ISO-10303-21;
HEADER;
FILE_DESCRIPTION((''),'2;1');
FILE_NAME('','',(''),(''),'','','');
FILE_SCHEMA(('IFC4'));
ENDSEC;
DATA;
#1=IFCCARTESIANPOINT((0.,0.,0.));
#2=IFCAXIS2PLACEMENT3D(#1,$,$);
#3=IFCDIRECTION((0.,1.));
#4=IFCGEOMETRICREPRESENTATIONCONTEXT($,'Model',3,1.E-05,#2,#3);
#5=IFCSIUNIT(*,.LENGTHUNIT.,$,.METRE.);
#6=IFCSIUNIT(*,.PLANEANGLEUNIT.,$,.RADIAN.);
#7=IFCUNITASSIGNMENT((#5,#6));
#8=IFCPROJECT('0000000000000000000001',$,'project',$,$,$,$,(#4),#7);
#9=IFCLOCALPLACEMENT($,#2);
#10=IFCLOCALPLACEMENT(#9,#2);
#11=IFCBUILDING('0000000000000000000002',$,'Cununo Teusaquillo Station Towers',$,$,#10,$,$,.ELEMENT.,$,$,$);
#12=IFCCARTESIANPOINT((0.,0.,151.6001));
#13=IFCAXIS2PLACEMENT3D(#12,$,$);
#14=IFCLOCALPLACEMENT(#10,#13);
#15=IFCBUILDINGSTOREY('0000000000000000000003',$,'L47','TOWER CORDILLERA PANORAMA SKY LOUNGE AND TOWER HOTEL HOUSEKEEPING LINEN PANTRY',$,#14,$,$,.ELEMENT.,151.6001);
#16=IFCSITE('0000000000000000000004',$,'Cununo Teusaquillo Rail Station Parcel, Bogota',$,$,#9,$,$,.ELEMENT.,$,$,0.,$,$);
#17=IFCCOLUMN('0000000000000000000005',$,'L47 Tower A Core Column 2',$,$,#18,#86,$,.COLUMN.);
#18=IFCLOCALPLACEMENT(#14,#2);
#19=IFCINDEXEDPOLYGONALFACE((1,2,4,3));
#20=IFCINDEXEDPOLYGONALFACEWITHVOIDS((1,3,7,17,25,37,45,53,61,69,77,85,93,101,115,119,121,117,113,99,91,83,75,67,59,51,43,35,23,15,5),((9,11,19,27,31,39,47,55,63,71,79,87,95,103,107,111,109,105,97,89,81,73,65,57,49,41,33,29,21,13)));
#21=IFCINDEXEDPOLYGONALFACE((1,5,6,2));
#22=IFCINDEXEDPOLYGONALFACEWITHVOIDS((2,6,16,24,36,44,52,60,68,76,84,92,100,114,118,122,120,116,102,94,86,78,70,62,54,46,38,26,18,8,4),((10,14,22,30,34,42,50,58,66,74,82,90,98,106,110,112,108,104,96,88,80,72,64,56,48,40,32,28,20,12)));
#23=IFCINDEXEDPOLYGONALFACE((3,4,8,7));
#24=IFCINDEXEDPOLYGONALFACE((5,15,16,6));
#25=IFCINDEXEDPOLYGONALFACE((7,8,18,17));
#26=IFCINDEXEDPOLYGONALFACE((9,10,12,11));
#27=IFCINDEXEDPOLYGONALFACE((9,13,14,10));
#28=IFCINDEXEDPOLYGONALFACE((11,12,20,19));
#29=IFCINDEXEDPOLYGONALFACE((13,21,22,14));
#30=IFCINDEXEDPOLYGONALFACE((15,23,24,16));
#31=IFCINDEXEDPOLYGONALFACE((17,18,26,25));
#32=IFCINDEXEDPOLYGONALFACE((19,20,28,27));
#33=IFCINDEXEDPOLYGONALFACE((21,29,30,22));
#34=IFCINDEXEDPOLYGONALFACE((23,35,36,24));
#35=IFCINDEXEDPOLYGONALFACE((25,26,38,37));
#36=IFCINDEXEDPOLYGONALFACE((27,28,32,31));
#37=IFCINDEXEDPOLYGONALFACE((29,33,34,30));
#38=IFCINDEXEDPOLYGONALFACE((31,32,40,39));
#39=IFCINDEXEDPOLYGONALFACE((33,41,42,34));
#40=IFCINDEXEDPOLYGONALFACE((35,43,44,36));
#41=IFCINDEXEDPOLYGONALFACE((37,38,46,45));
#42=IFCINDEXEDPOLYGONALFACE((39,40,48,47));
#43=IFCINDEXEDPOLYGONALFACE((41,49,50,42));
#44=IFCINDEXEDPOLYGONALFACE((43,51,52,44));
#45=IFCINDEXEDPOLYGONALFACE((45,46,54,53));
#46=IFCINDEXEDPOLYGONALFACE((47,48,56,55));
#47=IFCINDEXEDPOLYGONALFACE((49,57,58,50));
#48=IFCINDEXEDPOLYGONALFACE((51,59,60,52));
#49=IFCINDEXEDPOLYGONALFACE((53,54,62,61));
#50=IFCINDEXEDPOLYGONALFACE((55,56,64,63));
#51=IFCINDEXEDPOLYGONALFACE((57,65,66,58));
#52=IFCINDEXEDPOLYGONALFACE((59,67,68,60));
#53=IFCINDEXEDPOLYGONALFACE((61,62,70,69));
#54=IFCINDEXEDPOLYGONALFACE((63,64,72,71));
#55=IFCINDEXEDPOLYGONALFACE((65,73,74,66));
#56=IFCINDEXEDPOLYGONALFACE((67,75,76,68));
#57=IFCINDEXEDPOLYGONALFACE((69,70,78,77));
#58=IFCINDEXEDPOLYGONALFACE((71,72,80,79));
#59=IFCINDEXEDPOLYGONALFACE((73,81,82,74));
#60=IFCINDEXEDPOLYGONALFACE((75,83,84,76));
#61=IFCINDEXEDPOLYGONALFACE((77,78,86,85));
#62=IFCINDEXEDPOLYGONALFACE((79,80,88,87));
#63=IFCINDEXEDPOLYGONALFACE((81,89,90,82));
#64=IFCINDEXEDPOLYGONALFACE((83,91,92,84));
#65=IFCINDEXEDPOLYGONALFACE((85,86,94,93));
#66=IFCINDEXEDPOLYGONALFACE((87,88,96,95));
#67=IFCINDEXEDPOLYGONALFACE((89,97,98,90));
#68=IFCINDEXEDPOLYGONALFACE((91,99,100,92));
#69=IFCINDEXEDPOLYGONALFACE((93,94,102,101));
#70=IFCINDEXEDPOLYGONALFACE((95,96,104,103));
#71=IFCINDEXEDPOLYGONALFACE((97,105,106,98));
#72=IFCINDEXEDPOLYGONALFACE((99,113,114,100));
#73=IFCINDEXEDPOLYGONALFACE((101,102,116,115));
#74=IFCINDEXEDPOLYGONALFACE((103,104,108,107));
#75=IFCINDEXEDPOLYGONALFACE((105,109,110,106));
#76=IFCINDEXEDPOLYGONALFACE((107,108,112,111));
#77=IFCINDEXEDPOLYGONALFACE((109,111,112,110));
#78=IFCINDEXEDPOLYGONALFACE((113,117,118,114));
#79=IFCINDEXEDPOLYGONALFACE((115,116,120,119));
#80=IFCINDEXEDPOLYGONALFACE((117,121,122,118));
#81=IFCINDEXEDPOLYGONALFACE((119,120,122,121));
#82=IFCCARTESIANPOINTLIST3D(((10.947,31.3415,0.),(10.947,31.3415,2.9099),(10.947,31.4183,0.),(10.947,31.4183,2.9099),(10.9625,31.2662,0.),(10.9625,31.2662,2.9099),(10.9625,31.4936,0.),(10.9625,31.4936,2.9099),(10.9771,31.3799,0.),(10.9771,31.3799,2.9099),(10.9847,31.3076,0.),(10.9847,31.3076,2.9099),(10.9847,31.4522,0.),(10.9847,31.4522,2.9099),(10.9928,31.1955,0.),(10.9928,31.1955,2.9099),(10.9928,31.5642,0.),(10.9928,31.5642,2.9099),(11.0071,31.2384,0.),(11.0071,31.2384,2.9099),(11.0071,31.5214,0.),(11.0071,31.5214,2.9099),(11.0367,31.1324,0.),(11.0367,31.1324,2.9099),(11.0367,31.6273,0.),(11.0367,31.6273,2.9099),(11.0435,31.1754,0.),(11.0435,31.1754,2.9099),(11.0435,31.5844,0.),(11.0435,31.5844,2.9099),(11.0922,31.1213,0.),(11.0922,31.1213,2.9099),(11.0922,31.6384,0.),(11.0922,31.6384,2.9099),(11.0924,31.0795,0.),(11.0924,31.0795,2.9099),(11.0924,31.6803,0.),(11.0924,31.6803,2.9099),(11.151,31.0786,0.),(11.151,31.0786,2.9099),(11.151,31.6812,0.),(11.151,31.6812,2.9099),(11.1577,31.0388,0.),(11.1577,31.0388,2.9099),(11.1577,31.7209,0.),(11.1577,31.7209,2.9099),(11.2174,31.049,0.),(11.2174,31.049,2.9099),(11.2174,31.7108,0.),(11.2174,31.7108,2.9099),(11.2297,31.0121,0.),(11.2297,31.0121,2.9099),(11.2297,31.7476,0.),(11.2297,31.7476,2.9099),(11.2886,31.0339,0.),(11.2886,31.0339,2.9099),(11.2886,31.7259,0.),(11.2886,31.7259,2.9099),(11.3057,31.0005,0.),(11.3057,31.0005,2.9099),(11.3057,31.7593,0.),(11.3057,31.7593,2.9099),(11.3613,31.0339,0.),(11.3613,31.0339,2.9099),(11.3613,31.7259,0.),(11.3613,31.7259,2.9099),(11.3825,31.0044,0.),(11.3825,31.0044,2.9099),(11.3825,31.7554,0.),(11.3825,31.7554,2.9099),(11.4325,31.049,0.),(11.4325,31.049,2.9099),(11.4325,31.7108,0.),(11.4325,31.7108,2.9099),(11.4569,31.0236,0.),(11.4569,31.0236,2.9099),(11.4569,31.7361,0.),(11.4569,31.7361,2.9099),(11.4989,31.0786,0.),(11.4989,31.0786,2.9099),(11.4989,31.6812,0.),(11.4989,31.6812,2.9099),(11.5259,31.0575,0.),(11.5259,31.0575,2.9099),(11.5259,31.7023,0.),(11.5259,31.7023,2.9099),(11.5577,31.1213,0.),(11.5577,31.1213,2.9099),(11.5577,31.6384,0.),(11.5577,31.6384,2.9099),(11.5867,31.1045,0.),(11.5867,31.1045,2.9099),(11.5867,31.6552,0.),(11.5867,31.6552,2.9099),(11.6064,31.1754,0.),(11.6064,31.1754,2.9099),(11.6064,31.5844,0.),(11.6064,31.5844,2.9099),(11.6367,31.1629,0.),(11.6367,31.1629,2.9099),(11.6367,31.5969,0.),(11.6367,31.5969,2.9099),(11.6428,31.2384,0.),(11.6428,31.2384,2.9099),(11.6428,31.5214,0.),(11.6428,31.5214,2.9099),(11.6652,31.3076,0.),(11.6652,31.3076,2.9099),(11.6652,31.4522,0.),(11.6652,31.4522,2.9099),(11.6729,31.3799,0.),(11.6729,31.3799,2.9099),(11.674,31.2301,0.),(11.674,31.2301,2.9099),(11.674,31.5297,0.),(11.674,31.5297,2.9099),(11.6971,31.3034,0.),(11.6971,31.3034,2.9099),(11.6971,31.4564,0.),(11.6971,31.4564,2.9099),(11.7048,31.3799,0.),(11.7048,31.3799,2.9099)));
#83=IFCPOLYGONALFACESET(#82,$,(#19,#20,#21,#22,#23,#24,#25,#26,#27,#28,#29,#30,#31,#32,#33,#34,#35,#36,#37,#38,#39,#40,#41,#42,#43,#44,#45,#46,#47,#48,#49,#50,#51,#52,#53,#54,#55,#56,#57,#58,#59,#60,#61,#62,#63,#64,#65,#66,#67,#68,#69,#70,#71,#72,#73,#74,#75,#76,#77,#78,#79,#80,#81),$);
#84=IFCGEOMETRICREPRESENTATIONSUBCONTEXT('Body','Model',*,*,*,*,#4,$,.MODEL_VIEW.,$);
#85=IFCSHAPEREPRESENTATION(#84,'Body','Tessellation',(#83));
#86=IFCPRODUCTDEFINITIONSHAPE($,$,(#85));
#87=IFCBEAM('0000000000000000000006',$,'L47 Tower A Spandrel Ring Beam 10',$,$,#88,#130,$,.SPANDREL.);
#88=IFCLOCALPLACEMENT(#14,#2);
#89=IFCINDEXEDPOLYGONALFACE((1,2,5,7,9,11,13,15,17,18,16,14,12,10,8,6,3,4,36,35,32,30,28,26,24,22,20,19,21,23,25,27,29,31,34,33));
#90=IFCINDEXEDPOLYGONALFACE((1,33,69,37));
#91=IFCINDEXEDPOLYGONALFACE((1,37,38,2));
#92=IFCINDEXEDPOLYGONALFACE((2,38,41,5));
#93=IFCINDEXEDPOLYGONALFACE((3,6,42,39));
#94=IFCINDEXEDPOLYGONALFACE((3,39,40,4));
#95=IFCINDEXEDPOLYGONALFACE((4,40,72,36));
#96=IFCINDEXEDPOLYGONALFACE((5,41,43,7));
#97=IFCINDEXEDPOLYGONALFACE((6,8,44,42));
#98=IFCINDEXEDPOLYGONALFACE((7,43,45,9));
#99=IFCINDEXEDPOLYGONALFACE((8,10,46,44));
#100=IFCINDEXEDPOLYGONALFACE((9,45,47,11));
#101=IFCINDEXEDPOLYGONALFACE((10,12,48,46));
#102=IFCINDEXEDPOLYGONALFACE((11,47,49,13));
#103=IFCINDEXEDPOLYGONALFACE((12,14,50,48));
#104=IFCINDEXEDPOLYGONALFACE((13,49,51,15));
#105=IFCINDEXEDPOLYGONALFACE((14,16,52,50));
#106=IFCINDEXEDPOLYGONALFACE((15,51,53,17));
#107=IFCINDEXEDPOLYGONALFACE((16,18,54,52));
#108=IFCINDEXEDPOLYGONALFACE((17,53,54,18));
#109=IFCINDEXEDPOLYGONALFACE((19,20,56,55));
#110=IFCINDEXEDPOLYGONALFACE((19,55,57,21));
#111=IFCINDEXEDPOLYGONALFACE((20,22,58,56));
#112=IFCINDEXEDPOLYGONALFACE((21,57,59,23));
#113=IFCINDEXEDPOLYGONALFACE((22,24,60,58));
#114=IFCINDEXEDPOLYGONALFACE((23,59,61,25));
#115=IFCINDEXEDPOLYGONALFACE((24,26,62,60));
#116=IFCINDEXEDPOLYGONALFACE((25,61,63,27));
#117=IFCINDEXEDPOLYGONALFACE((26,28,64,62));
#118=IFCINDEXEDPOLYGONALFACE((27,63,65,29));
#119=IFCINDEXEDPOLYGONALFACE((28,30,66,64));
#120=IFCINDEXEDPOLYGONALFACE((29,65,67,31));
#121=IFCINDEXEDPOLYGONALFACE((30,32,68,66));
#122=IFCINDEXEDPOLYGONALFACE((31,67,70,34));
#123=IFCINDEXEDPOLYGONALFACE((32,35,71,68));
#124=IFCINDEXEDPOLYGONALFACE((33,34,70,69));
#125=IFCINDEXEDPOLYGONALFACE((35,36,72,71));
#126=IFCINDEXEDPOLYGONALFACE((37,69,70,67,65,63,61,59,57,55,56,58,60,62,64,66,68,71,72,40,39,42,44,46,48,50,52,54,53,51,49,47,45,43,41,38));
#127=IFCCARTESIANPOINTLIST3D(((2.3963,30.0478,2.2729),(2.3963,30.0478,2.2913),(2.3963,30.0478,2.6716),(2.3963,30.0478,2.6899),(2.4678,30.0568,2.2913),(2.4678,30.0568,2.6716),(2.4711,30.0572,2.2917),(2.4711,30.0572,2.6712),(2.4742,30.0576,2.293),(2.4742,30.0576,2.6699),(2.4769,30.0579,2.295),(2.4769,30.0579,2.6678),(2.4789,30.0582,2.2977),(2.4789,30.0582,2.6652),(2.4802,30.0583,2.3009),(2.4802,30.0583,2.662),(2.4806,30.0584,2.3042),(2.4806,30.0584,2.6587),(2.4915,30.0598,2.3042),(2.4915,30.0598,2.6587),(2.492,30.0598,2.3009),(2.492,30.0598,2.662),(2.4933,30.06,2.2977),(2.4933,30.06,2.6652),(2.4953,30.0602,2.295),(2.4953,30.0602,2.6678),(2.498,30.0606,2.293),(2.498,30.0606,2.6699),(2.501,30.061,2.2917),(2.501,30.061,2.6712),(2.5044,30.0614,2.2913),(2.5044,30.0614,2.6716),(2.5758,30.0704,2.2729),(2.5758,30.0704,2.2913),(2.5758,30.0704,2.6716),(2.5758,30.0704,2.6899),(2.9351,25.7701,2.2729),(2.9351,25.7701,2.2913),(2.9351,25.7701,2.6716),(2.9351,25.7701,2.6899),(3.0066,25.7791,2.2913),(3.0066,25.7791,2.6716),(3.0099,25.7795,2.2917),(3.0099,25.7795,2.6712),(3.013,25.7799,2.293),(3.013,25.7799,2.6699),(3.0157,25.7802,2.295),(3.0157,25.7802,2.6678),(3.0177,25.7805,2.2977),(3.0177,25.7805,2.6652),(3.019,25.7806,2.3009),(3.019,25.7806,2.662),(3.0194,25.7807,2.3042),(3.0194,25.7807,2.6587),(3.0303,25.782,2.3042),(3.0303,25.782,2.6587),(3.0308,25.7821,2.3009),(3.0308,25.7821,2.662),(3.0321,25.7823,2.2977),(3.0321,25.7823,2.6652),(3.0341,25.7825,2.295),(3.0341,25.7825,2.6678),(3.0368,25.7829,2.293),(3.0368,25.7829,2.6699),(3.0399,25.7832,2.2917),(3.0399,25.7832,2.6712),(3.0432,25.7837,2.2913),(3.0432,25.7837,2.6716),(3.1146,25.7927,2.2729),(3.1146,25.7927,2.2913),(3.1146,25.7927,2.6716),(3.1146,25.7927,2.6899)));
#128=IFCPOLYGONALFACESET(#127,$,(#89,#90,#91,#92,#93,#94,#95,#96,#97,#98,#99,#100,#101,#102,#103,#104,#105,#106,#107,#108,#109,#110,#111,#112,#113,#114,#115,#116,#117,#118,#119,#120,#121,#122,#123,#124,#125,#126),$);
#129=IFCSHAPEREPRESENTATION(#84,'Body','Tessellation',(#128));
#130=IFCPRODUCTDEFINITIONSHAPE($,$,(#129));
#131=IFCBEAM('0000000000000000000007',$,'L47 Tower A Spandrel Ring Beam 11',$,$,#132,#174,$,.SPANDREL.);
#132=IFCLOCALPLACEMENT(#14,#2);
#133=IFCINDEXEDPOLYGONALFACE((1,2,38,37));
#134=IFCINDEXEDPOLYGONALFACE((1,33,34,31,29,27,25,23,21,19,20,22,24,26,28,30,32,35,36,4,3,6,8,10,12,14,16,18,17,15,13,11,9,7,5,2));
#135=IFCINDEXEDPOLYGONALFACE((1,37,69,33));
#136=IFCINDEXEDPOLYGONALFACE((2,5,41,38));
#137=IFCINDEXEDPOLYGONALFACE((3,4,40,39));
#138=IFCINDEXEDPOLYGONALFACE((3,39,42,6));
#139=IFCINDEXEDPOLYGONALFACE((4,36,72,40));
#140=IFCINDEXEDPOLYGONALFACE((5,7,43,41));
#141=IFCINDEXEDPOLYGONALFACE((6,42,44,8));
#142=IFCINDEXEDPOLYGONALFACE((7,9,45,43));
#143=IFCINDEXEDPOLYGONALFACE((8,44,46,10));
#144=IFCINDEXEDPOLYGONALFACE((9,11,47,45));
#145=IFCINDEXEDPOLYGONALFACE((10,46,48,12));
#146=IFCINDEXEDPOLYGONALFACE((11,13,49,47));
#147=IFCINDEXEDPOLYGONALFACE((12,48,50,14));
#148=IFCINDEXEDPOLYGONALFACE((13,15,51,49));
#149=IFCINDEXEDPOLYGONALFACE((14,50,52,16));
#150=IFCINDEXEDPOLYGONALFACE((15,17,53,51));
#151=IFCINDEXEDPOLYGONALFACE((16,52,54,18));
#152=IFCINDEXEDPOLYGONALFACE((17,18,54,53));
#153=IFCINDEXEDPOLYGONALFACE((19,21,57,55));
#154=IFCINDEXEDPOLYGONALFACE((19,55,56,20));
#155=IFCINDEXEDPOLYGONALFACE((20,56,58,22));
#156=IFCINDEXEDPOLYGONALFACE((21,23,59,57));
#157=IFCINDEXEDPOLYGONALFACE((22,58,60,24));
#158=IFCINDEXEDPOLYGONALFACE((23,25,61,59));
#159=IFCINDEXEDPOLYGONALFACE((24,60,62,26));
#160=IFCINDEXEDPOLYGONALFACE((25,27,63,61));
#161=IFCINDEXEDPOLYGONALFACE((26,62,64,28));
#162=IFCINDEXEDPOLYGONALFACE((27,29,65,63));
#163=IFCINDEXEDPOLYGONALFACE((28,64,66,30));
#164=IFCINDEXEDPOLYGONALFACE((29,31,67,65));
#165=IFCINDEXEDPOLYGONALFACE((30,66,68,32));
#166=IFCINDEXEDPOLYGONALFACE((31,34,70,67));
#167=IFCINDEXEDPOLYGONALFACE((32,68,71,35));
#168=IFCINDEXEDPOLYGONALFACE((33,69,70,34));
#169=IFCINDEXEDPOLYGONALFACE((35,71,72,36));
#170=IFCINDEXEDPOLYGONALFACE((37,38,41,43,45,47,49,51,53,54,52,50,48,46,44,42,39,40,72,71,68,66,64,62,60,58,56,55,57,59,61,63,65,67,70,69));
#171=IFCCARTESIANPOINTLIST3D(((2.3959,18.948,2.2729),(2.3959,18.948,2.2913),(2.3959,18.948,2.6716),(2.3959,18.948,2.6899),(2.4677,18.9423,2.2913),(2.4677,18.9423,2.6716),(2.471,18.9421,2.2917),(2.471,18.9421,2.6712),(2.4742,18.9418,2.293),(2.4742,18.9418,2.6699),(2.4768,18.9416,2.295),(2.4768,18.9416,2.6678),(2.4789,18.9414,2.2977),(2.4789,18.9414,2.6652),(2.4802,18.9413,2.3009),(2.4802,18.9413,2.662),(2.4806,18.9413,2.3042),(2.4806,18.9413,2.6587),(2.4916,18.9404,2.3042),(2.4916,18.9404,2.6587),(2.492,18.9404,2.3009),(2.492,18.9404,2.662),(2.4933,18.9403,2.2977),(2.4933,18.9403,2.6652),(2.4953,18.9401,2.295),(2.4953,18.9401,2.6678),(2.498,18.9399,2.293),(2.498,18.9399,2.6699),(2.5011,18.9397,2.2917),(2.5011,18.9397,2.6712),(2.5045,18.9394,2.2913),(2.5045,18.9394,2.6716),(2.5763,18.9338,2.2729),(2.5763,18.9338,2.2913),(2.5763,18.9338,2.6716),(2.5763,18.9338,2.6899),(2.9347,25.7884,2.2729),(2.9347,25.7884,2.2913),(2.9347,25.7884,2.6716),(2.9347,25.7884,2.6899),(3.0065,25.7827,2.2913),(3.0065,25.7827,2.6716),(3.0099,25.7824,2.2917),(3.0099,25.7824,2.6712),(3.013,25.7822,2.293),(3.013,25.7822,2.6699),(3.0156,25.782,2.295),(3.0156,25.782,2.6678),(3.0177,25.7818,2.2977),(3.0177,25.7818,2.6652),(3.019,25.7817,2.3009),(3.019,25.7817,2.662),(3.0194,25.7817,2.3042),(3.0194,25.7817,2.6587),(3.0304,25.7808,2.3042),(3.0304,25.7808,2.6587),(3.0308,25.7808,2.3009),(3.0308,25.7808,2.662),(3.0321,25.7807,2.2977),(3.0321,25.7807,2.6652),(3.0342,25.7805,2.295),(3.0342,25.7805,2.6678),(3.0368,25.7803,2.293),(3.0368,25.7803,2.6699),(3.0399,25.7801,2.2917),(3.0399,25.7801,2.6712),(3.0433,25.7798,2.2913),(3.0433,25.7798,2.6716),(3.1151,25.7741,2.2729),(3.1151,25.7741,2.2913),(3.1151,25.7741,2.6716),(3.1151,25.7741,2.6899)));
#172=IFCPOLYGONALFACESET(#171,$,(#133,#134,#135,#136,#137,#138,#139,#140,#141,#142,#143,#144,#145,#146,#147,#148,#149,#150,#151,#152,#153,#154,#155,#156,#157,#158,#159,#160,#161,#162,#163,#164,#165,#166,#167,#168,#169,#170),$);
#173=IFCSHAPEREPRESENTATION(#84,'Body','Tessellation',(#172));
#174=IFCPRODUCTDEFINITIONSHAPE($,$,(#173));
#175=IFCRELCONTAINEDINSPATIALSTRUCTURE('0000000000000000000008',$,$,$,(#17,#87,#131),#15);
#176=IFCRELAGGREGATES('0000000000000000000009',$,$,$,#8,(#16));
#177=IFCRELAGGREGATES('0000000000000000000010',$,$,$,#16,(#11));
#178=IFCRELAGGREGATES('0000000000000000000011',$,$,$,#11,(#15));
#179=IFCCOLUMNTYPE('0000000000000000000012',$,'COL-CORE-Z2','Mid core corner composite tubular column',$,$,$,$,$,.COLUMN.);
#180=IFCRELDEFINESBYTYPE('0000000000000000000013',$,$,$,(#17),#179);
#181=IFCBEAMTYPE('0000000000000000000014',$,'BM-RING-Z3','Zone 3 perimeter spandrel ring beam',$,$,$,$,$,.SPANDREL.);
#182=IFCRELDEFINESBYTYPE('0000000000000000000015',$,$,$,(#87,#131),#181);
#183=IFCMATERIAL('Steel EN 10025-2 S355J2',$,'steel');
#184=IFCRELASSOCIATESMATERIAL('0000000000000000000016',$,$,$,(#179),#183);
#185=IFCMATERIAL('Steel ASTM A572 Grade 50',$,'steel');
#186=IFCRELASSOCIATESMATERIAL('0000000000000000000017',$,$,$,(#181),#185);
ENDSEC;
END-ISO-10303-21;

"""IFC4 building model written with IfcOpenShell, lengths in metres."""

from ifc_helpers import new_model, si_unit, direction, frame, origin, origin_2d, place, context, subcontext, project, spatial, hollow_circle, i_section, extrude, material, material_profile, profile_set, type_object, element, save


model = new_model("IFC4")

# Units and contexts
model_context = context("Model", 3, precision=1e-05, world=origin(), true_north=direction((0.0, 1.0)))
body_context = subcontext(model_context, "Body", "Model", "MODEL_VIEW")
ifc_project = project(units=[si_unit("LENGTHUNIT", "METRE"), si_unit("PLANEANGLEUNIT", "RADIAN")], contexts=[model_context])

# Site, building, storey
site_placement = place(None, origin())
site = spatial("IfcSite", under=ifc_project, at=site_placement, Name="Cununo Teusaquillo Rail Station Parcel, Bogota", CompositionType="ELEMENT", RefElevation=0.0)
building_placement = place(site_placement, origin())
building = spatial("IfcBuilding", under=site, at=building_placement, Name="Cununo Teusaquillo Station Towers", CompositionType="ELEMENT")
storey_placement = place(building_placement, frame((0.0, 0.0, 151.6001)))
storey = spatial("IfcBuildingStorey", under=building, at=storey_placement, Name="L47", Description="TOWER CORDILLERA PANORAMA SKY LOUNGE AND TOWER HOTEL HOUSEKEEPING LINEN PANTRY", CompositionType="ELEMENT", Elevation=151.6001)

# Column
ifc_material_1 = material(Name="Steel EN 10025-2 S355J2", Category="steel")
ifc_material_profile_1 = material_profile(ifc_material_1, hollow_circle(Radius=0.3799, WallThickness=0.032, at=origin_2d()), Name="CHS 760x32")
ifc_profile_set_1 = profile_set([ifc_material_profile_1], Name="Steel EN 10025-2 S355J2")
column_type = type_object("IfcColumnType", Name="COL-CORE-Z2", Description="Mid core corner composite tubular column", PredefinedType="COLUMN", material=ifc_profile_set_1)
column_placement = place(storey_placement, frame((11.325, 31.3799, 0.0), z_axis=(0.0, 0.0, 1.0), x_axis=(1.0, 0.0, 0.0)))
element("IfcColumn", 1, at=column_placement, inside=storey, type_object=column_type, Name="L47 Tower A Core Column 2", PredefinedType="COLUMN", context=body_context, shape_type="SweptSolid", body=[
    extrude(hollow_circle(Radius=0.3799, WallThickness=0.032, at=origin_2d()), origin(), (0.0, 0.0, 1.0), 2.9099),
])

# Beams
ifc_material_2 = material(Name="Steel ASTM A572 Grade 50", Category="steel")
ifc_material_profile_2 = material_profile(ifc_material_2, i_section(OverallWidth=0.1809, OverallDepth=0.417, WebThickness=0.011, FlangeThickness=0.0183, FilletRadius=0.0129, at=origin_2d()), Name="W16X57")
ifc_profile_set_2 = profile_set([ifc_material_profile_2], Name="Steel ASTM A572 Grade 50")
beam_type = type_object("IfcBeamType", Name="BM-RING-Z3", Description="Zone 3 perimeter spandrel ring beam", PredefinedType="SPANDREL", material=ifc_profile_set_2)
beam_1_placement = place(storey_placement, frame((2.4861, 30.0591, 2.4814), z_axis=(0.124969, -0.992161, 0.0), x_axis=(0.992161, 0.124969, 0.0)))
element("IfcBeam", 2, at=beam_1_placement, inside=storey, type_object=beam_type, Name="L47 Tower A Spandrel Ring Beam 10", PredefinedType="SPANDREL", context=body_context, shape_type="SweptSolid", body=[
    extrude(i_section(OverallWidth=0.1809, OverallDepth=0.417, WebThickness=0.011, FlangeThickness=0.0183, FilletRadius=0.0129, at=origin_2d()), origin(), (0.0, 0.0, 1.0), 4.3115),
])
beam_2_placement = place(storey_placement, frame((3.0249, 25.7812, 2.4814), z_axis=(-0.078528, -0.996912, 0.0), x_axis=(0.996912, -0.078528, 0.0)))
element("IfcBeam", 3, at=beam_2_placement, inside=storey, type_object=beam_type, Name="L47 Tower A Spandrel Ring Beam 11", PredefinedType="SPANDREL", context=body_context, shape_type="SweptSolid", body=[
    extrude(i_section(OverallWidth=0.1809, OverallDepth=0.417, WebThickness=0.011, FlangeThickness=0.0183, FilletRadius=0.0129, at=origin_2d()), origin(), (0.0, 0.0, 1.0), 6.8616),
])

save(model, "model.ifc")
